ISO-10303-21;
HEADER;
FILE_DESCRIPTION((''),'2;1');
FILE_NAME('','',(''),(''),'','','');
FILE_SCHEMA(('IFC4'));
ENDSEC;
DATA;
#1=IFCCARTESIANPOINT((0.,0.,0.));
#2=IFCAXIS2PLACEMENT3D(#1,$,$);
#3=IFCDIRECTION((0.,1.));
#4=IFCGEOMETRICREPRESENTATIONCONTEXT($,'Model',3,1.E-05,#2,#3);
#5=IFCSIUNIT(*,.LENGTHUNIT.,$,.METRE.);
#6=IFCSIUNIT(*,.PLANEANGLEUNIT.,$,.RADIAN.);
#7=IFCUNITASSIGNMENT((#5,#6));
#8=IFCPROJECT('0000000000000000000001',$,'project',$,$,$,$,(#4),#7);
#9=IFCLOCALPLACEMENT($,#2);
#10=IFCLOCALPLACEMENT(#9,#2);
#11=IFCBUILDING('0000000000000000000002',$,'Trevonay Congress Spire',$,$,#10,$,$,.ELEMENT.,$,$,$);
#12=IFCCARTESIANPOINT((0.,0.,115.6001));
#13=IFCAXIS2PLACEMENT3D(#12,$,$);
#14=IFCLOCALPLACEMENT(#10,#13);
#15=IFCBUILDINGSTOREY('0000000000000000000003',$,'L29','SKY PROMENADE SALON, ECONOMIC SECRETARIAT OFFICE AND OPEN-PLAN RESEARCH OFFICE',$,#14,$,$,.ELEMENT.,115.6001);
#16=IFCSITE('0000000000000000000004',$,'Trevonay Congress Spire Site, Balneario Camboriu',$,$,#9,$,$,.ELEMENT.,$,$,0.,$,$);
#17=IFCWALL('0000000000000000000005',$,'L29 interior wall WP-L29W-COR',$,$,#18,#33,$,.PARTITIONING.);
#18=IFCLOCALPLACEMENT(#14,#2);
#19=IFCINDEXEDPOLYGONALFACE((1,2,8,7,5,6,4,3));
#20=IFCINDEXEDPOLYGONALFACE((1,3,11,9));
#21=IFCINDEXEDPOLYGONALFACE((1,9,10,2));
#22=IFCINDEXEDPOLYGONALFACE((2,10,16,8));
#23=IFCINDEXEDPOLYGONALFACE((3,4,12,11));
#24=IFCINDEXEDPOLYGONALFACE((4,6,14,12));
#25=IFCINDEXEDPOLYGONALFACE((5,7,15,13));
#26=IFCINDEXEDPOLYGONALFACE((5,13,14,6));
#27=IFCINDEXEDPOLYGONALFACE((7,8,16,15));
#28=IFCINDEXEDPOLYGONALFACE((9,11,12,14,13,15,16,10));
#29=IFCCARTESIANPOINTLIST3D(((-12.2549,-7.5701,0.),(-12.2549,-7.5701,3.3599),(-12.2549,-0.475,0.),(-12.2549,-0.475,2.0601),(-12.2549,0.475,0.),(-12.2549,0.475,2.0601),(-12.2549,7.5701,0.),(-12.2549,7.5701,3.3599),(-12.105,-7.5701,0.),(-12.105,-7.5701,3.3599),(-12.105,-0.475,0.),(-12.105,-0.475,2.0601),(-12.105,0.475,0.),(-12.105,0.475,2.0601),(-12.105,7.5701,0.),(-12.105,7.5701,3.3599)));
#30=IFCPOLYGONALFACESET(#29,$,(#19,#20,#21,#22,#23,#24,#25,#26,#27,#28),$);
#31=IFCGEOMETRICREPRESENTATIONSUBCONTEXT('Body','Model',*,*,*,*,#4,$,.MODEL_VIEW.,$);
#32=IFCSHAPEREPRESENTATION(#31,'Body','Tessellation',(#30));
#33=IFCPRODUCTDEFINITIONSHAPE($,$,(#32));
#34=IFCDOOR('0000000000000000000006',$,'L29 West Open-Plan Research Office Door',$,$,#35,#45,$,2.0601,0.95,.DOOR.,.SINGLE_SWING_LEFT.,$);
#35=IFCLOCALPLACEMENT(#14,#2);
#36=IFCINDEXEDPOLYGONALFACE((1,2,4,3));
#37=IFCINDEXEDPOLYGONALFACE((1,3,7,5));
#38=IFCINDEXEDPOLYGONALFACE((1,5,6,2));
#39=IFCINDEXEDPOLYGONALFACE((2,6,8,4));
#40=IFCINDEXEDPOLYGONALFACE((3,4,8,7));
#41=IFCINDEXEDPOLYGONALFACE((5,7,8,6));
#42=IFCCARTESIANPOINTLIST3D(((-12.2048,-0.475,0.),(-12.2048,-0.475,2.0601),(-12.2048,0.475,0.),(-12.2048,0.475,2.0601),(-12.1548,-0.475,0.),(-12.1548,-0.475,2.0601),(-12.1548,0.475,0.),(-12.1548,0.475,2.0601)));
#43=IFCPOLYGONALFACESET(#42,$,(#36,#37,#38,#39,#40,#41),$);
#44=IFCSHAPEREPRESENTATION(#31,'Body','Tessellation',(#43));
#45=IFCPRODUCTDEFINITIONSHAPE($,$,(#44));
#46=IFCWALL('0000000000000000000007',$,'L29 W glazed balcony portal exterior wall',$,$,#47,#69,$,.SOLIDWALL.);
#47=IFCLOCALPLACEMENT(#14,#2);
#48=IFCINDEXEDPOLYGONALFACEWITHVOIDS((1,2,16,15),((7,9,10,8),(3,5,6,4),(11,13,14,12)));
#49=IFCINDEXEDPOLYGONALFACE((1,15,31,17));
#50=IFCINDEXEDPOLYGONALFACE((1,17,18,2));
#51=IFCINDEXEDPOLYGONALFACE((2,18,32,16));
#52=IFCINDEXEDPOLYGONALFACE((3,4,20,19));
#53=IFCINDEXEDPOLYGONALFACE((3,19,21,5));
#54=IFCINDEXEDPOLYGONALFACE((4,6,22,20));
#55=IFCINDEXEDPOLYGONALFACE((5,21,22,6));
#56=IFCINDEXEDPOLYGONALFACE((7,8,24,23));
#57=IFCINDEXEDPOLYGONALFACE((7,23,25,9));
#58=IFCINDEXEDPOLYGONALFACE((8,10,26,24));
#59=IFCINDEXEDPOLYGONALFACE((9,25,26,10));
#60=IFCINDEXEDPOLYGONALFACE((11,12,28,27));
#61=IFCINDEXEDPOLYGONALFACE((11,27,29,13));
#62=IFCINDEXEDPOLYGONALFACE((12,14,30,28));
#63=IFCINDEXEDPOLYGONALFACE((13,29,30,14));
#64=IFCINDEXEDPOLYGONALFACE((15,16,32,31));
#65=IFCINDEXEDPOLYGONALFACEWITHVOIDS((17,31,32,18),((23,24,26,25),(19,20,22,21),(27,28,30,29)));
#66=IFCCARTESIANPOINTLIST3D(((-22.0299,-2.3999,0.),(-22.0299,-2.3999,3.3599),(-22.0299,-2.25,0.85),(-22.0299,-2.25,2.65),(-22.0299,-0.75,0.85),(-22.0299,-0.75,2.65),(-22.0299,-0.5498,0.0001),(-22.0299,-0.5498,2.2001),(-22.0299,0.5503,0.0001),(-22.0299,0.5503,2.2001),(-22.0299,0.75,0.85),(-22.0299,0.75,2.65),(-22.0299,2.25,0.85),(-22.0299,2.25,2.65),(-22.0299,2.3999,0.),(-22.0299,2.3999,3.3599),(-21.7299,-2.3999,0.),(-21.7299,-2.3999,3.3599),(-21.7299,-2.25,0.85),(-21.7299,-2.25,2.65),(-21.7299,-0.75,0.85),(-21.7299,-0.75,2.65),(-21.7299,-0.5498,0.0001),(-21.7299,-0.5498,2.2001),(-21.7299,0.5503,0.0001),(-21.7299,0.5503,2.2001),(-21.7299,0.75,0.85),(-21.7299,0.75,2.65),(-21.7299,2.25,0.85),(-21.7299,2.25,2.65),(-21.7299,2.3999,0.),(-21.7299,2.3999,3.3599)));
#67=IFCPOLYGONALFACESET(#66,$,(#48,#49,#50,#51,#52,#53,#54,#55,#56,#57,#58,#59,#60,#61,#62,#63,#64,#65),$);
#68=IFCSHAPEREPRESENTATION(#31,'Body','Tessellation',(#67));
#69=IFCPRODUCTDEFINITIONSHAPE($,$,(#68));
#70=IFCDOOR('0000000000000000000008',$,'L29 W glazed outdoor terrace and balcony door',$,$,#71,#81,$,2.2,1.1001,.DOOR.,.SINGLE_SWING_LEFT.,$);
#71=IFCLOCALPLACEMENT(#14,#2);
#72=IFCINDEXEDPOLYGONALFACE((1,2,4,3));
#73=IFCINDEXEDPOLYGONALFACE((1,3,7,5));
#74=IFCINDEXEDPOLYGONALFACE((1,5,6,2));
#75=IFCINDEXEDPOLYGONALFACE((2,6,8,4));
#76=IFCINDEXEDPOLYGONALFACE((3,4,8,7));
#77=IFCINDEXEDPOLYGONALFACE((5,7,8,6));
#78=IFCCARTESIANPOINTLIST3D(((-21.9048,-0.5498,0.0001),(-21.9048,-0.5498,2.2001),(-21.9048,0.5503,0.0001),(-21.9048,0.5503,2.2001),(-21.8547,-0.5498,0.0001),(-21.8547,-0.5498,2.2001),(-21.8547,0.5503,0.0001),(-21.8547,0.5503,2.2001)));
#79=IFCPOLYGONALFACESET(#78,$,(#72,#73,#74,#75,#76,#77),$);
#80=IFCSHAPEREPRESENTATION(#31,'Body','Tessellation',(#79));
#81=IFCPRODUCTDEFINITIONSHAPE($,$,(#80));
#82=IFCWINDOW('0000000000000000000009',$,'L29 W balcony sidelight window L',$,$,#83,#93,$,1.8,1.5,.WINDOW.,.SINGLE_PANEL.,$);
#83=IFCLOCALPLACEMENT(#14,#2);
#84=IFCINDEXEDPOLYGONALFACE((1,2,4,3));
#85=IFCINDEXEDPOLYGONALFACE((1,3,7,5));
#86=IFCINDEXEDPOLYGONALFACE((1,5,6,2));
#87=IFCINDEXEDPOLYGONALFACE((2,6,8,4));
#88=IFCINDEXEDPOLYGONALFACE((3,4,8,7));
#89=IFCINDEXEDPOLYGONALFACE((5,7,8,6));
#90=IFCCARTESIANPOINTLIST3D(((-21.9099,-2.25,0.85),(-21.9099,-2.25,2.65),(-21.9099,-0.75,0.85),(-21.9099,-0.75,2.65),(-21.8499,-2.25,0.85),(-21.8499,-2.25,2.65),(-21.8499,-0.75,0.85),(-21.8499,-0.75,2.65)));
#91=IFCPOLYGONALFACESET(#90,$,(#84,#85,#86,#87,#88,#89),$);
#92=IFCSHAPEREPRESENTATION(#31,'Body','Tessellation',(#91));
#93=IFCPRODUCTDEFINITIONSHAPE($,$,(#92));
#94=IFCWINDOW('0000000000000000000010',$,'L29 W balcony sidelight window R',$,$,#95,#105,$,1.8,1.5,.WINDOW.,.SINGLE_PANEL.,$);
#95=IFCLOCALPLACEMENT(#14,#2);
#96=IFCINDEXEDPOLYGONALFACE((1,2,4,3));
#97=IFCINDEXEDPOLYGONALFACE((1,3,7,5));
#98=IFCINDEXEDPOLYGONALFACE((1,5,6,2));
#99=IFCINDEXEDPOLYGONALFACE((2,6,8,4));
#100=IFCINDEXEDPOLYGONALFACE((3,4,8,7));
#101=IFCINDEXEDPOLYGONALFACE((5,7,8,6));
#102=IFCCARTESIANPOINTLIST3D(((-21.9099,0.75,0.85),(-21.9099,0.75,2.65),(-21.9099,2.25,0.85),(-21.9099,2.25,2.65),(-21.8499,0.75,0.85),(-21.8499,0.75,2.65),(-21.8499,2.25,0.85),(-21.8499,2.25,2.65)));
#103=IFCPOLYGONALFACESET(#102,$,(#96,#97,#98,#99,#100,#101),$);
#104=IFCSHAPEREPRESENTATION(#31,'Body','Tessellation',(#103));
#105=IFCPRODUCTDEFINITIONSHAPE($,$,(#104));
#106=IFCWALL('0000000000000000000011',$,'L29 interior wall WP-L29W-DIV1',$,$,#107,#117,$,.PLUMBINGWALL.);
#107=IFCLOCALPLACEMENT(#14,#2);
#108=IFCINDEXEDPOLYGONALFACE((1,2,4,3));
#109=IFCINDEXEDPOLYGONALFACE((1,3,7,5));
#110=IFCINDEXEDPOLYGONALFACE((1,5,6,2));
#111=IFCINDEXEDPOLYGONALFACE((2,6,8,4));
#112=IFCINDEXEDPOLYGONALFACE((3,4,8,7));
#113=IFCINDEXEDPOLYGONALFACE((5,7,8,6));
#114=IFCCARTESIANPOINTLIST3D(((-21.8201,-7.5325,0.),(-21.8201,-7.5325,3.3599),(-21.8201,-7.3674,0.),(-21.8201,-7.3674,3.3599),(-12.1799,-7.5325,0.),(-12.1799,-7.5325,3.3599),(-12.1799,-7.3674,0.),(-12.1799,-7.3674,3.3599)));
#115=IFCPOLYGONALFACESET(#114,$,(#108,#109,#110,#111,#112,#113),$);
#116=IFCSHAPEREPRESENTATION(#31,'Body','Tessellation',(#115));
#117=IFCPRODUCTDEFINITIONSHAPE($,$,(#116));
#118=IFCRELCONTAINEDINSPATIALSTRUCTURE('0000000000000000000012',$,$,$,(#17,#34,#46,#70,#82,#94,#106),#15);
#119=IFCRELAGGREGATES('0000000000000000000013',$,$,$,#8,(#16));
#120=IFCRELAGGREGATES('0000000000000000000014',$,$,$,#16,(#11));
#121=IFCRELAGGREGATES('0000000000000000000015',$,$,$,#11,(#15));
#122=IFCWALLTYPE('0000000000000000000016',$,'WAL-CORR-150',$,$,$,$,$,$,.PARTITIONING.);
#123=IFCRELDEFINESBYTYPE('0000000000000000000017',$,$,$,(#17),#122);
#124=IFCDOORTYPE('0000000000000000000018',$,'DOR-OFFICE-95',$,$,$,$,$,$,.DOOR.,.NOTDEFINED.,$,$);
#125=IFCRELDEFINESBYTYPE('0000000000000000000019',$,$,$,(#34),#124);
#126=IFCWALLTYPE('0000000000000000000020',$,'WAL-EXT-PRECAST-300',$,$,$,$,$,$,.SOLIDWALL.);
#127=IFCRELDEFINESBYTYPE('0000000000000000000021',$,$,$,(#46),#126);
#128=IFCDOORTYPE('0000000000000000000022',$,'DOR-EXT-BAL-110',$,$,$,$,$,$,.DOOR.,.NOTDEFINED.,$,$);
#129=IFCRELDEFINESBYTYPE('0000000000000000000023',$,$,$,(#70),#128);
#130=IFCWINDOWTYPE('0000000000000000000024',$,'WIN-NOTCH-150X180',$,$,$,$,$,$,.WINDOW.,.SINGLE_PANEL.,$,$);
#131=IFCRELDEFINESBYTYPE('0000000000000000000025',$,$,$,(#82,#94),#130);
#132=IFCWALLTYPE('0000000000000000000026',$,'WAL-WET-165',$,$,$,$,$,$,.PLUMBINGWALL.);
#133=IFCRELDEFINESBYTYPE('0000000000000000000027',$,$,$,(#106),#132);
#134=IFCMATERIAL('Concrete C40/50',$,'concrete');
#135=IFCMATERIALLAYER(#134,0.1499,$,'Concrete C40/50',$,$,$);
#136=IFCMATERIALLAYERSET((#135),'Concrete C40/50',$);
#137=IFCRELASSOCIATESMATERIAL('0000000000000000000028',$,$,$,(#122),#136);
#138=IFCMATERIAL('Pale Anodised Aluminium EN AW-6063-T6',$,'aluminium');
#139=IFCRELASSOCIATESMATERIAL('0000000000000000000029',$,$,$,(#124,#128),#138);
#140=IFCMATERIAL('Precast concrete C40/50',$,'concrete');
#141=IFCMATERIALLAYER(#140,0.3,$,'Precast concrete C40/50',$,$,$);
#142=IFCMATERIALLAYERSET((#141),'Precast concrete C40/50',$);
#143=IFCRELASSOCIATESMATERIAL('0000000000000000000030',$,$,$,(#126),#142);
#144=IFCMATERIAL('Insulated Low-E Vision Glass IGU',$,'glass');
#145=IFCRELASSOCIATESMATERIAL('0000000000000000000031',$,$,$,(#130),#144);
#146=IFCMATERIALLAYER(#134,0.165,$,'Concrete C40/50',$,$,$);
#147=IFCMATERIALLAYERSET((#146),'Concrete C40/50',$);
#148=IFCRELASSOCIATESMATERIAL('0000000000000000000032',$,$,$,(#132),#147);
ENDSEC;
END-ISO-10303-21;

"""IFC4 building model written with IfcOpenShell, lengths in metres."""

from ifc_helpers import new_model, si_unit, direction, frame, frame_2d, origin, place, context, subcontext, project, spatial, rectangle, extrude, material, layer, layer_set, type_object, element, fill, save


model = new_model("IFC4")

# Units and contexts
model_context = context("Model", 3, precision=1e-05, world=origin(), true_north=direction((0.0, 1.0)))
body_context = subcontext(model_context, "Body", "Model", "MODEL_VIEW")
ifc_project = project(units=[si_unit("LENGTHUNIT", "METRE"), si_unit("PLANEANGLEUNIT", "RADIAN")], contexts=[model_context])

# Site, building, storey
site_placement = place(None, origin())
site = spatial("IfcSite", under=ifc_project, at=site_placement, Name="Trevonay Congress Spire Site, Balneario Camboriu", CompositionType="ELEMENT", RefElevation=0.0)
building_placement = place(site_placement, origin())
building = spatial("IfcBuilding", under=site, at=building_placement, Name="Trevonay Congress Spire", CompositionType="ELEMENT")
storey_placement = place(building_placement, frame((0.0, 0.0, 115.6001)))
storey = spatial("IfcBuildingStorey", under=building, at=storey_placement, Name="L29", Description="SKY PROMENADE SALON, ECONOMIC SECRETARIAT OFFICE AND OPEN-PLAN RESEARCH OFFICE", CompositionType="ELEMENT", Elevation=115.6001)

# Shared definitions
ifc_material_1 = material(Name="Pale Anodised Aluminium EN AW-6063-T6", Category="aluminium")

# Shared definitions
ifc_material_2 = material(Name="Insulated Low-E Vision Glass IGU", Category="glass")

# Shared definitions
ifc_material_3 = material(Name="Concrete C40/50", Category="concrete")
ifc_layer_1 = layer(ifc_material_3, 0.1499, Name="Concrete C40/50")
ifc_layer_set_1 = layer_set([ifc_layer_1], Name="Concrete C40/50")
wall_type_1 = type_object("IfcWallType", Name="WAL-CORR-150", PredefinedType="PARTITIONING", material=ifc_layer_set_1)
door_type_1 = type_object("IfcDoorType", Name="DOR-OFFICE-95", OperationType="NOTDEFINED", PredefinedType="DOOR", material=ifc_material_1)

# Wall, opening, door
wall_1_placement = place(storey_placement, frame((-12.1799, -7.5701, 0.0), z_axis=(0.0, 0.0, 1.0), x_axis=(0.0, 1.0, 0.0)))
wall_1 = element("IfcWall", 1, at=wall_1_placement, inside=storey, type_object=wall_type_1, Name="L29 interior wall WP-L29W-COR", PredefinedType="PARTITIONING", context=body_context, shape_type="SweptSolid", body=[
    extrude(rectangle(XDim=15.1401, YDim=0.1499, at=frame_2d((7.5701, 0.0))), origin(), (0.0, 0.0, 1.0), 3.3599),
])
opening_1_placement = place(wall_1_placement, frame((7.095, 0.0, 0.0)))
opening_1 = element("IfcOpeningElement", 2, at=opening_1_placement, cuts=wall_1, PredefinedType="OPENING", context=body_context, shape_type="SweptSolid", body=[
    extrude(rectangle(XDim=0.95, YDim=2.0601, at=frame_2d((0.4751, 1.03))), frame((0.0, 0.085, 0.0), z_axis=(0.0, -1.0, 0.0), x_axis=(1.0, 0.0, 0.0)), (0.0, 0.0, 1.0), 0.1699),
])
door_1_placement = place(opening_1_placement, origin())
door_1 = element("IfcDoor", 3, at=door_1_placement, inside=storey, type_object=door_type_1, Name="L29 West Open-Plan Research Office Door", OperationType="SINGLE_SWING_LEFT", OverallHeight=2.0601, OverallWidth=0.95, PredefinedType="DOOR", context=body_context, shape_type="SweptSolid", body=[
    extrude(rectangle(XDim=0.95, YDim=2.0601, at=frame_2d((0.4751, 1.03))), frame((0.0, 0.0249, 0.0), z_axis=(0.0, -1.0, 0.0), x_axis=(1.0, 0.0, 0.0)), (0.0, 0.0, 1.0), 0.05),
])
fill(opening_1, door_1)

# Wall, openings, door, windows
ifc_material_4 = material(Name="Precast concrete C40/50", Category="concrete")
ifc_layer_2 = layer(ifc_material_4, 0.3, Name="Precast concrete C40/50")
ifc_layer_set_2 = layer_set([ifc_layer_2], Name="Precast concrete C40/50")
wall_type_2 = type_object("IfcWallType", Name="WAL-EXT-PRECAST-300", PredefinedType="SOLIDWALL", material=ifc_layer_set_2)
wall_2_placement = place(storey_placement, frame((-21.8799, -2.3999, 0.0), z_axis=(0.0, 0.0, 1.0), x_axis=(0.0, 1.0, 0.0)))
wall_2 = element("IfcWall", 4, at=wall_2_placement, inside=storey, type_object=wall_type_2, Name="L29 W glazed balcony portal exterior wall", PredefinedType="SOLIDWALL", context=body_context, shape_type="SweptSolid", body=[
    extrude(rectangle(XDim=4.7998, YDim=0.3, at=frame_2d((2.3999, 0.0))), origin(), (0.0, 0.0, 1.0), 3.3599),
])
opening_2_placement = place(wall_2_placement, frame((1.8501, 0.0, 0.0)))
opening_2 = element("IfcOpeningElement", 5, at=opening_2_placement, cuts=wall_2, PredefinedType="OPENING", context=body_context, shape_type="SweptSolid", body=[
    extrude(rectangle(XDim=1.1001, YDim=2.2, at=frame_2d((0.55, 1.1001))), frame((0.0, 0.1602, 0.0), z_axis=(0.0, -1.0, 0.0), x_axis=(1.0, 0.0, 0.0)), (0.0, 0.0, 1.0), 0.3201),
])
opening_3_placement = place(wall_2_placement, frame((0.1499, 0.0, 0.8501)))
opening_3 = element("IfcOpeningElement", 6, at=opening_3_placement, cuts=wall_2, PredefinedType="OPENING", context=body_context, shape_type="SweptSolid", body=[
    extrude(rectangle(XDim=1.5, YDim=1.8, at=frame_2d((0.75, 0.8999))), frame((0.0, 0.1602, 0.0), z_axis=(0.0, -1.0, 0.0), x_axis=(1.0, 0.0, 0.0)), (0.0, 0.0, 1.0), 0.3201),
])
opening_4_placement = place(wall_2_placement, frame((3.1499, 0.0, 0.8501)))
opening_4 = element("IfcOpeningElement", 7, at=opening_4_placement, cuts=wall_2, PredefinedType="OPENING", context=body_context, shape_type="SweptSolid", body=[
    extrude(rectangle(XDim=1.5, YDim=1.8, at=frame_2d((0.75, 0.8999))), frame((0.0, 0.1602, 0.0), z_axis=(0.0, -1.0, 0.0), x_axis=(1.0, 0.0, 0.0)), (0.0, 0.0, 1.0), 0.3201),
])
door_type_2 = type_object("IfcDoorType", Name="DOR-EXT-BAL-110", OperationType="NOTDEFINED", PredefinedType="DOOR", material=ifc_material_1)
door_2_placement = place(opening_2_placement, origin())
door_2 = element("IfcDoor", 8, at=door_2_placement, inside=storey, type_object=door_type_2, Name="L29 W glazed outdoor terrace and balcony door", OperationType="SINGLE_SWING_LEFT", OverallHeight=2.2, OverallWidth=1.1001, PredefinedType="DOOR", context=body_context, shape_type="SweptSolid", body=[
    extrude(rectangle(XDim=1.1001, YDim=2.2, at=frame_2d((0.55, 1.1001))), frame((0.0, 0.0249, 0.0), z_axis=(0.0, -1.0, 0.0), x_axis=(1.0, 0.0, 0.0)), (0.0, 0.0, 1.0), 0.05),
])
fill(opening_2, door_2)
window_type = type_object("IfcWindowType", Name="WIN-NOTCH-150X180", PartitioningType="SINGLE_PANEL", PredefinedType="WINDOW", material=ifc_material_2)
window_1_placement = place(opening_3_placement, origin())
window_1 = element("IfcWindow", 9, at=window_1_placement, inside=storey, type_object=window_type, Name="L29 W balcony sidelight window L", OverallHeight=1.8, OverallWidth=1.5, PartitioningType="SINGLE_PANEL", PredefinedType="WINDOW", context=body_context, shape_type="SweptSolid", body=[
    extrude(rectangle(XDim=1.5, YDim=1.8, at=frame_2d((0.75, 0.8999))), frame((0.0, 0.03, 0.0), z_axis=(0.0, -1.0, 0.0), x_axis=(1.0, 0.0, 0.0)), (0.0, 0.0, 1.0), 0.0601),
])
fill(opening_3, window_1)
window_2_placement = place(opening_4_placement, origin())
window_2 = element("IfcWindow", 10, at=window_2_placement, inside=storey, type_object=window_type, Name="L29 W balcony sidelight window R", OverallHeight=1.8, OverallWidth=1.5, PartitioningType="SINGLE_PANEL", PredefinedType="WINDOW", context=body_context, shape_type="SweptSolid", body=[
    extrude(rectangle(XDim=1.5, YDim=1.8, at=frame_2d((0.75, 0.8999))), frame((0.0, 0.03, 0.0), z_axis=(0.0, -1.0, 0.0), x_axis=(1.0, 0.0, 0.0)), (0.0, 0.0, 1.0), 0.0601),
])
fill(opening_4, window_2)

# Wall
ifc_layer_3 = layer(ifc_material_3, 0.165, Name="Concrete C40/50")
ifc_layer_set_3 = layer_set([ifc_layer_3], Name="Concrete C40/50")
wall_type_3 = type_object("IfcWallType", Name="WAL-WET-165", PredefinedType="PLUMBINGWALL", material=ifc_layer_set_3)
wall_3_placement = place(storey_placement, frame((-21.8201, -7.45, 0.0), z_axis=(0.0, 0.0, 1.0), x_axis=(1.0, 0.0, 0.0)))
element("IfcWall", 11, at=wall_3_placement, inside=storey, type_object=wall_type_3, Name="L29 interior wall WP-L29W-DIV1", PredefinedType="PLUMBINGWALL", context=body_context, shape_type="SweptSolid", body=[
    extrude(rectangle(XDim=9.6401, YDim=0.165, at=frame_2d((4.8201, 0.0))), origin(), (0.0, 0.0, 1.0), 3.3599),
])

save(model, "model.ifc")
